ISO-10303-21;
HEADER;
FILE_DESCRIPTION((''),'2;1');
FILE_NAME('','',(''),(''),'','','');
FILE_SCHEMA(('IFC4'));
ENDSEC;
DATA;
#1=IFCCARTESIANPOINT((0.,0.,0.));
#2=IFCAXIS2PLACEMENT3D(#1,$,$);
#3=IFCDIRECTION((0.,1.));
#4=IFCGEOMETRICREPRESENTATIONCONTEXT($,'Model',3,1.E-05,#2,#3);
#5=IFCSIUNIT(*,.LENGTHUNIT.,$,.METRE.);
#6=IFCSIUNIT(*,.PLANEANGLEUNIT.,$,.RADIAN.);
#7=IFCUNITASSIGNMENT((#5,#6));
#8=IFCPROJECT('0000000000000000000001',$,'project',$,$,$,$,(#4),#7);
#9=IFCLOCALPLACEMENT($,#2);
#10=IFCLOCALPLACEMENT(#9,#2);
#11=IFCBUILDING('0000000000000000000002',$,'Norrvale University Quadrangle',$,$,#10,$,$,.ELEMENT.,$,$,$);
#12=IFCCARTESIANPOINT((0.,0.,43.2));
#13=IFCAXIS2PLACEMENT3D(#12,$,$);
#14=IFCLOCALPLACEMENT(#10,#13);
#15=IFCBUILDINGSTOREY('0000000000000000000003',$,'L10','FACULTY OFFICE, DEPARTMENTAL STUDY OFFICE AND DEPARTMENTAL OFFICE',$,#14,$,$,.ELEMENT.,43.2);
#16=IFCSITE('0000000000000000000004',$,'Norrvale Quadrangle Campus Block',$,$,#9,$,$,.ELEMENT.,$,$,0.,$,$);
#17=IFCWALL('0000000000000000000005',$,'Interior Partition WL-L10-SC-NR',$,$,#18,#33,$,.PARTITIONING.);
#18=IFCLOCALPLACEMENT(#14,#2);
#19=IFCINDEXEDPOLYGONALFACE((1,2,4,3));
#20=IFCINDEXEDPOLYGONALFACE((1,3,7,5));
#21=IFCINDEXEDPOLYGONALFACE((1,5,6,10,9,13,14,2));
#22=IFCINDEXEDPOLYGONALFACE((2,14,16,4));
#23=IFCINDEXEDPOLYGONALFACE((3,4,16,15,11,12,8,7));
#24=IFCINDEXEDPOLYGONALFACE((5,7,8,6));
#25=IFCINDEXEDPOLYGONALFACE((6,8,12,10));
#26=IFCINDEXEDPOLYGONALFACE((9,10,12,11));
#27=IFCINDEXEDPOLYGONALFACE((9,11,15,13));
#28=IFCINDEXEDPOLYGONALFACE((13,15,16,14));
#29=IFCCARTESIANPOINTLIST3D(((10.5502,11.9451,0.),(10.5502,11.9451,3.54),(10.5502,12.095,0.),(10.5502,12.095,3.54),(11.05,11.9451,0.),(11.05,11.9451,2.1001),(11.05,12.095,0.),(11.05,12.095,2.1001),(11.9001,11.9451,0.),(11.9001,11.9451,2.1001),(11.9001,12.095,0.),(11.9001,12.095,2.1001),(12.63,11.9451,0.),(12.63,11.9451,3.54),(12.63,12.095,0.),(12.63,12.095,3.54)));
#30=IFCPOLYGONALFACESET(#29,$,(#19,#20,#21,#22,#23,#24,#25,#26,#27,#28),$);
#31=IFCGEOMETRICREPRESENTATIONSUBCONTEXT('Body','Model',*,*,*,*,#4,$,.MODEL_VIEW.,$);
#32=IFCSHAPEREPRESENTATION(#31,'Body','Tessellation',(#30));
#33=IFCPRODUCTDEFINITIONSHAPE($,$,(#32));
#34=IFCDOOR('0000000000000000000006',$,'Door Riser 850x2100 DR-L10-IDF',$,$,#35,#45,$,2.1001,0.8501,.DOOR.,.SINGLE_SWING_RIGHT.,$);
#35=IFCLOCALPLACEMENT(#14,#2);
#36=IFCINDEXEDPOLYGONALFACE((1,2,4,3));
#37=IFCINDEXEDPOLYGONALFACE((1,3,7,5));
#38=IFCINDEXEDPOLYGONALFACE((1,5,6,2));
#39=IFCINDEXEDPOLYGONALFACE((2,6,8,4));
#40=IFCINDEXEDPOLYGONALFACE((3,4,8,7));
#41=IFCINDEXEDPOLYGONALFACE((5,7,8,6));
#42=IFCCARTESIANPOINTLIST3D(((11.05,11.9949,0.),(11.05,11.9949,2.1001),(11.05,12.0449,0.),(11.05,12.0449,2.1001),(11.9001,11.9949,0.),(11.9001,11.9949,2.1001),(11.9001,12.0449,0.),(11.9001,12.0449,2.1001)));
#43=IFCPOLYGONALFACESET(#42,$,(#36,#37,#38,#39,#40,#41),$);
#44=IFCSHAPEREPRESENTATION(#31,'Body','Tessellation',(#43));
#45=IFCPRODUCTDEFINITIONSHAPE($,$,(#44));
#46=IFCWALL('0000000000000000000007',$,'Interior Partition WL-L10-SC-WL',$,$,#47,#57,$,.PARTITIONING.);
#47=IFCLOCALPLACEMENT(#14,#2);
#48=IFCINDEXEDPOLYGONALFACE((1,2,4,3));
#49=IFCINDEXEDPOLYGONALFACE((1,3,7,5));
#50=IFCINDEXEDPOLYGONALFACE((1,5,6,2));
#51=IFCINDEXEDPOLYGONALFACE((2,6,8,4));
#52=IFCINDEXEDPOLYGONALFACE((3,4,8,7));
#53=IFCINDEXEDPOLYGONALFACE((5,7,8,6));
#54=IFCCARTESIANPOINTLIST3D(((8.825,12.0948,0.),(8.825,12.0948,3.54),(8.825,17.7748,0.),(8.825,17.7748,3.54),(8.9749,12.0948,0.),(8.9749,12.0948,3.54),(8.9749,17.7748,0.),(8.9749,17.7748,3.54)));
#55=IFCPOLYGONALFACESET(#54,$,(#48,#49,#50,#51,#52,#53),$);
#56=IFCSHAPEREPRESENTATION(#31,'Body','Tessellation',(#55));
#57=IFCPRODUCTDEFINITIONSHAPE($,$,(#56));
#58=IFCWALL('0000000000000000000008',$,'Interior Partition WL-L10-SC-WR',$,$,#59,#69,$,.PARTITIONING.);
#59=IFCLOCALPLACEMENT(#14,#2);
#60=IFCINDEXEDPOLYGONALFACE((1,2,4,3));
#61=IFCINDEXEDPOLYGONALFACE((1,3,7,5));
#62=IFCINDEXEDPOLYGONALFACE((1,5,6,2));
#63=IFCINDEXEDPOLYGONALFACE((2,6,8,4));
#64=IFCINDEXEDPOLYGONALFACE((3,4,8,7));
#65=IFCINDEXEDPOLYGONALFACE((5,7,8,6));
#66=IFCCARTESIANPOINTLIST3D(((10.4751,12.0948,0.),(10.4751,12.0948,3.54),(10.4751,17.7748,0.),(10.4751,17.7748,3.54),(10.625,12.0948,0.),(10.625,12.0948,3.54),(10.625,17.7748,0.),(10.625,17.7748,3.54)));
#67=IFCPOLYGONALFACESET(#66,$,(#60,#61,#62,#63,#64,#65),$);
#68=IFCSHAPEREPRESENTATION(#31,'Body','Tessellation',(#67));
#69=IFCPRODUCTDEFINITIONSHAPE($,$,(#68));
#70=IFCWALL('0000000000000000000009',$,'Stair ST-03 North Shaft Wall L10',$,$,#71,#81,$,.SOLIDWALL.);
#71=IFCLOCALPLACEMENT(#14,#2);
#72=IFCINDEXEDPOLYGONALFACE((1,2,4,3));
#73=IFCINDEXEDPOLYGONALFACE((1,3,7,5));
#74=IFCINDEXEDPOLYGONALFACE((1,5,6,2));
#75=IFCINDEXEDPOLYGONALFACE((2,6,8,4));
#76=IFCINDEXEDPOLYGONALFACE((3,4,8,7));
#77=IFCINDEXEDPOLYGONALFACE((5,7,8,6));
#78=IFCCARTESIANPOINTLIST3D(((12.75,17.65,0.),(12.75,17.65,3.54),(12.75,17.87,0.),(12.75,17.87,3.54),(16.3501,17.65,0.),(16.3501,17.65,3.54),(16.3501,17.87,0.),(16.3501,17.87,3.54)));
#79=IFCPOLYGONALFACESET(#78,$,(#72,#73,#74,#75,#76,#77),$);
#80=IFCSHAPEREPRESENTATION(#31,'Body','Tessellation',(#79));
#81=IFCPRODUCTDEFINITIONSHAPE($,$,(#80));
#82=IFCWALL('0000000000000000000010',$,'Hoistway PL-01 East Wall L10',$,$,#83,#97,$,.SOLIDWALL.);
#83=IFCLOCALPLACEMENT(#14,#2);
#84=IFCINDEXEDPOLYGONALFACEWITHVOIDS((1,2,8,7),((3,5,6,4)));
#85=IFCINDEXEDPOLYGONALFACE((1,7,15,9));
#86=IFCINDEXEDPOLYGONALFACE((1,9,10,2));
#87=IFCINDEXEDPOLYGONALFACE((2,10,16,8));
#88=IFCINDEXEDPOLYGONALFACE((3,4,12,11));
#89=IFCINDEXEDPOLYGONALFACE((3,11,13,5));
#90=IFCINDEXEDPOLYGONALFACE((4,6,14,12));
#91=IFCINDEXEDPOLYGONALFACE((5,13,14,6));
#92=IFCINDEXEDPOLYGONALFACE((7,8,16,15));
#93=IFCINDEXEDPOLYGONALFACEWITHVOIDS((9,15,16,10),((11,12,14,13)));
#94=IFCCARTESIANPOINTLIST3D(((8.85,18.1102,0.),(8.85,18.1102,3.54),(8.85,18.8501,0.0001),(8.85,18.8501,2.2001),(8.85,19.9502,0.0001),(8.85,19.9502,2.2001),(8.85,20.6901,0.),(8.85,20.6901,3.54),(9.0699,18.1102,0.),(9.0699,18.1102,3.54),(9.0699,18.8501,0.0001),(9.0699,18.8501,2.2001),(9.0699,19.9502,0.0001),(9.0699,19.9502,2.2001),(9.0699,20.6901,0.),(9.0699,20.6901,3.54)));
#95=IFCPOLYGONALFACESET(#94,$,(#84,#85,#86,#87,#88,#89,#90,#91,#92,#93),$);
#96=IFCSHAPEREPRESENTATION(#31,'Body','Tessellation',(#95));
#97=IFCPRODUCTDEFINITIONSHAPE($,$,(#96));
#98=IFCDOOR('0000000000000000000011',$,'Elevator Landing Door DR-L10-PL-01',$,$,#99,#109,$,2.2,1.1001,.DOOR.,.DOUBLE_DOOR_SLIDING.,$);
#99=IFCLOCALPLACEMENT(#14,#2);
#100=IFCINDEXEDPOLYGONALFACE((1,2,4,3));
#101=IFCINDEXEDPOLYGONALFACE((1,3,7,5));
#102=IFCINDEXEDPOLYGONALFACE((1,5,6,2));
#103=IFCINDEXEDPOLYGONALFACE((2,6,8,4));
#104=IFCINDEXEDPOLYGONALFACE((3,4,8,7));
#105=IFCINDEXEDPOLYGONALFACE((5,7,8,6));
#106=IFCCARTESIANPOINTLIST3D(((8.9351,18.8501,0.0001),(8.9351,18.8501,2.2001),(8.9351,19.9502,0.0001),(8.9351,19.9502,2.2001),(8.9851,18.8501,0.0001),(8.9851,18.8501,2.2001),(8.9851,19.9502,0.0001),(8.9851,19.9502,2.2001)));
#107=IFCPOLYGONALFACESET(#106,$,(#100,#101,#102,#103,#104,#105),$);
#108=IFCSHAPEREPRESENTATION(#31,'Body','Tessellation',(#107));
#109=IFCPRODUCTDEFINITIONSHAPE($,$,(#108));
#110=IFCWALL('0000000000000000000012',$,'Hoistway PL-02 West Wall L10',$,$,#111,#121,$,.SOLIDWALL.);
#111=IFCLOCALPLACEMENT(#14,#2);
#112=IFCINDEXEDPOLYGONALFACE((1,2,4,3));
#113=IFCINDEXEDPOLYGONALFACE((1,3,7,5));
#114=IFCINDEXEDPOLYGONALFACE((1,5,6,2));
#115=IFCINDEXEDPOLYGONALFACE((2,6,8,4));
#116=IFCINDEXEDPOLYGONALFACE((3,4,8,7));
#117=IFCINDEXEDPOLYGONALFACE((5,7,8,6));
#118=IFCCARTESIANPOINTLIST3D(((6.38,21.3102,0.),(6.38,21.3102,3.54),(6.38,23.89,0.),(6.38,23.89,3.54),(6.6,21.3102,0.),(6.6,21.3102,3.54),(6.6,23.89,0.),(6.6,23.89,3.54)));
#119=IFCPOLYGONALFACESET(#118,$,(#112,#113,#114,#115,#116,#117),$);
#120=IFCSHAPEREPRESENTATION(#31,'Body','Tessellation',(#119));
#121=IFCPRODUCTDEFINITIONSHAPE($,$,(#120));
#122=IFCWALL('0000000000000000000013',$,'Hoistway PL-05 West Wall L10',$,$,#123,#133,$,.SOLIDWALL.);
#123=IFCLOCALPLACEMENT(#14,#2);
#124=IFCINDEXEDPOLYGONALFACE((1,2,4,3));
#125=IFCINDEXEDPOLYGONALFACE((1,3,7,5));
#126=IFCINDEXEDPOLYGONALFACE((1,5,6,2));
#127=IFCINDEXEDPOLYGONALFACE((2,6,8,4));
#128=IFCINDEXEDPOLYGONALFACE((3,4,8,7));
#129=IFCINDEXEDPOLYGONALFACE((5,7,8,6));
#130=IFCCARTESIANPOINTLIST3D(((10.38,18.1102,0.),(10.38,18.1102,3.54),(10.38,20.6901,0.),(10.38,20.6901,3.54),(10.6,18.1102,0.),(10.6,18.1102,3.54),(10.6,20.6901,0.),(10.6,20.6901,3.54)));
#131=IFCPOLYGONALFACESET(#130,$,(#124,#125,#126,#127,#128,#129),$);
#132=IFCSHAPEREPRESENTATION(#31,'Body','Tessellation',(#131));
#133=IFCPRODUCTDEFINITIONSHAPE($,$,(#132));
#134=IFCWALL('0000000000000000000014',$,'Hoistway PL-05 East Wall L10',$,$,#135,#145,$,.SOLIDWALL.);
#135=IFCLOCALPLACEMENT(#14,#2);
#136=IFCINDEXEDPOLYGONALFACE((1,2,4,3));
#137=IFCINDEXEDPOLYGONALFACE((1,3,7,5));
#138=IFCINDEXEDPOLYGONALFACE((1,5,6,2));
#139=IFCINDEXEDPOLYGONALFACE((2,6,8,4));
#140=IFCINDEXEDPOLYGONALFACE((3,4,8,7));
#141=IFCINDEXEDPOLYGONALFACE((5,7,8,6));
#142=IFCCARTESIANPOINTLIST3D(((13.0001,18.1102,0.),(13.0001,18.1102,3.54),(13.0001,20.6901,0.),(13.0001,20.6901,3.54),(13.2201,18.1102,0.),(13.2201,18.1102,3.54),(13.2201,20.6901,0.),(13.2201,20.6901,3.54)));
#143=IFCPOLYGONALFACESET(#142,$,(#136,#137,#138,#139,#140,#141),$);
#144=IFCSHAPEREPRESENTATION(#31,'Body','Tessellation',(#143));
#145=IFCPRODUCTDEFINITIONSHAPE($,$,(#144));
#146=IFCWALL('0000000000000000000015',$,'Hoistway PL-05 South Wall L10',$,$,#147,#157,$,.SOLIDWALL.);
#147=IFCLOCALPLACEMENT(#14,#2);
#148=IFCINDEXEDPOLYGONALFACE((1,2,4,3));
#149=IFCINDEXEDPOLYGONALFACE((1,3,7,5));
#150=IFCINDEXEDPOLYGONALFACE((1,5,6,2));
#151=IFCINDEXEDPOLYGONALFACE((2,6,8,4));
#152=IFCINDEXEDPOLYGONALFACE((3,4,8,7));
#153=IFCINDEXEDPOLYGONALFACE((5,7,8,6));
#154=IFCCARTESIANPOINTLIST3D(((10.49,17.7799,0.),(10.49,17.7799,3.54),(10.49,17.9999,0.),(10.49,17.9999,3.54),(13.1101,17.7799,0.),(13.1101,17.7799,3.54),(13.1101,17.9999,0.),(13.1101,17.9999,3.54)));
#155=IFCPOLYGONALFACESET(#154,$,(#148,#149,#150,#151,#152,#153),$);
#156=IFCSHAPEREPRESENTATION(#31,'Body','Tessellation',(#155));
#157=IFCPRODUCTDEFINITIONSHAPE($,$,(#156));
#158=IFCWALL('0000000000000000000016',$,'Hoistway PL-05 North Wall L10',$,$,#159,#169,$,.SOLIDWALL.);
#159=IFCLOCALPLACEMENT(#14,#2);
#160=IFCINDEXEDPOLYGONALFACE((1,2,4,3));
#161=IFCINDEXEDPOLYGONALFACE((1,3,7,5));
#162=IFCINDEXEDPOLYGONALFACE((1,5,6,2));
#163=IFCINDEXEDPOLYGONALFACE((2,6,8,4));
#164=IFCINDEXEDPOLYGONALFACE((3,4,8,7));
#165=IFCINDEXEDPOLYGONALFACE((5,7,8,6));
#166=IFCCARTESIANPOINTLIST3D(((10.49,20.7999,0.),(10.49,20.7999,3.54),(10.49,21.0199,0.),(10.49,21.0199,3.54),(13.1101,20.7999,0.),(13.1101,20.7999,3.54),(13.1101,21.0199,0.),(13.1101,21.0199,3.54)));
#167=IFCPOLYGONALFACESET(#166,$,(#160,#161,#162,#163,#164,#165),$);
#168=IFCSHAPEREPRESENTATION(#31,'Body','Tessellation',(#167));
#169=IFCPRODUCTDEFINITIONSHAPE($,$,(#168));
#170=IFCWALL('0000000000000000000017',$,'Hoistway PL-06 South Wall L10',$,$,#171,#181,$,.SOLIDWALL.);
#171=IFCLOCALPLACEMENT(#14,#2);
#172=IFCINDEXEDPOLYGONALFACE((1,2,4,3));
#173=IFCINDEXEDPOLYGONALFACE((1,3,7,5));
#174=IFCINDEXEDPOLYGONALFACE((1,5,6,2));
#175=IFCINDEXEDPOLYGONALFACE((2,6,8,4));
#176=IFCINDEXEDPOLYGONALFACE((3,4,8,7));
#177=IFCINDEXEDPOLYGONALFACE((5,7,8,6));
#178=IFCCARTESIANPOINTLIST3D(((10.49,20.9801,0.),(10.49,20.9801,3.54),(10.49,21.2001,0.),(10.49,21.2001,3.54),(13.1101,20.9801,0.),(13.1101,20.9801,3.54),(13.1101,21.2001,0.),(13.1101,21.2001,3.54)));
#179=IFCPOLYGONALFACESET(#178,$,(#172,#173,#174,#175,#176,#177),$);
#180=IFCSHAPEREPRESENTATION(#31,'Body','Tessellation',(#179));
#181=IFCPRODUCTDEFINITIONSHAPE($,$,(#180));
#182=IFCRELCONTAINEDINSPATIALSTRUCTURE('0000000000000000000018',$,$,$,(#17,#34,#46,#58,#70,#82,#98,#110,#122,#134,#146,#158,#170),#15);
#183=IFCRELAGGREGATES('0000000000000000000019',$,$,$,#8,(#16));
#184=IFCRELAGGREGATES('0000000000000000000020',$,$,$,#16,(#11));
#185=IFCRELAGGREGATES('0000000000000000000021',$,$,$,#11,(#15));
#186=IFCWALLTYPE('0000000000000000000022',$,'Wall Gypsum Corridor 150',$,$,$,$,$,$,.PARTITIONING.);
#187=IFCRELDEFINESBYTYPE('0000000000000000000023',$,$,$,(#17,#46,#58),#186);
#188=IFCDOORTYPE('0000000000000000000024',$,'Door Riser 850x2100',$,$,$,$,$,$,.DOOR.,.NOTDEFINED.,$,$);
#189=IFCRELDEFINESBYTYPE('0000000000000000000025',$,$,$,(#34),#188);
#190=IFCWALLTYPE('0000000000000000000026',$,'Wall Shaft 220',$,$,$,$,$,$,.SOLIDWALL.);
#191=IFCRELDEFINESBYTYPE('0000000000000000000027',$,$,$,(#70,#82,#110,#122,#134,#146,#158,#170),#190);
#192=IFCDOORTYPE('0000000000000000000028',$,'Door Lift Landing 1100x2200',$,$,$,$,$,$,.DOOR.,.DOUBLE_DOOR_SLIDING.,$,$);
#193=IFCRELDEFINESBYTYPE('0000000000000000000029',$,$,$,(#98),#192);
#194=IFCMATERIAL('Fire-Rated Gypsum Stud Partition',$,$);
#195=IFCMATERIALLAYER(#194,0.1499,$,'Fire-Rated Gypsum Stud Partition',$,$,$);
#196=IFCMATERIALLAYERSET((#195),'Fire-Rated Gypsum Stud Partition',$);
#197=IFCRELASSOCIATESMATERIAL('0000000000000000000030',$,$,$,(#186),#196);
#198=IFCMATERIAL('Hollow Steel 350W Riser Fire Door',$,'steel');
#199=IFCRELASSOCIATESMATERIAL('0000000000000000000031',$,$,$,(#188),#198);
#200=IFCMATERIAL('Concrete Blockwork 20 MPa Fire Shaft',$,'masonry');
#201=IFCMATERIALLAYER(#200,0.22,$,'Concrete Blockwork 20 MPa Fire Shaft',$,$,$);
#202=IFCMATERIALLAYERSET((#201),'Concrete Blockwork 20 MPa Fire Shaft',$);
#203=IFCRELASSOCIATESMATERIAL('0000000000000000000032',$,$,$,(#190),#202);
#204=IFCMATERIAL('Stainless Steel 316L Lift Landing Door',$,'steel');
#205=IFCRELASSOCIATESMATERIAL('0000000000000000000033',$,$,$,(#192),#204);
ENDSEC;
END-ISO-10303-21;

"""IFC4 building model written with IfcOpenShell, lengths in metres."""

from ifc_helpers import new_model, si_unit, direction, frame, frame_2d, origin, place, context, subcontext, project, spatial, rectangle, extrude, material, layer, layer_set, type_object, element, fill, save


model = new_model("IFC4")

# Units and contexts
model_context = context("Model", 3, precision=1e-05, world=origin(), true_north=direction((0.0, 1.0)))
body_context = subcontext(model_context, "Body", "Model", "MODEL_VIEW")
ifc_project = project(units=[si_unit("LENGTHUNIT", "METRE"), si_unit("PLANEANGLEUNIT", "RADIAN")], contexts=[model_context])

# Site, building, storey
site_placement = place(None, origin())
site = spatial("IfcSite", under=ifc_project, at=site_placement, Name="Norrvale Quadrangle Campus Block", CompositionType="ELEMENT", RefElevation=0.0)
building_placement = place(site_placement, origin())
building = spatial("IfcBuilding", under=site, at=building_placement, Name="Norrvale University Quadrangle", CompositionType="ELEMENT")
storey_placement = place(building_placement, frame((0.0, 0.0, 43.2)))
storey = spatial("IfcBuildingStorey", under=building, at=storey_placement, Name="L10", Description="FACULTY OFFICE, DEPARTMENTAL STUDY OFFICE AND DEPARTMENTAL OFFICE", CompositionType="ELEMENT", Elevation=43.2)

# Wall, opening, door
ifc_material_1 = material(Name="Fire-Rated Gypsum Stud Partition")
ifc_layer_1 = layer(ifc_material_1, 0.1499, Name="Fire-Rated Gypsum Stud Partition")
ifc_layer_set_1 = layer_set([ifc_layer_1], Name="Fire-Rated Gypsum Stud Partition")
wall_type_1 = type_object("IfcWallType", Name="Wall Gypsum Corridor 150", PredefinedType="PARTITIONING", material=ifc_layer_set_1)
wall_1_placement = place(storey_placement, frame((10.55, 12.02, 0.0), z_axis=(0.0, 0.0, 1.0), x_axis=(1.0, 0.0, 0.0)))
wall_1 = element("IfcWall", 1, at=wall_1_placement, inside=storey, type_object=wall_type_1, Name="Interior Partition WL-L10-SC-NR", PredefinedType="PARTITIONING", context=body_context, shape_type="SweptSolid", body=[
    extrude(rectangle(XDim=2.0798, YDim=0.1499, at=frame_2d((1.04, 0.0))), origin(), (0.0, 0.0, 1.0), 3.54),
])
opening_1_placement = place(wall_1_placement, frame((0.5, 0.0, 0.0)))
opening_1 = element("IfcOpeningElement", 2, at=opening_1_placement, cuts=wall_1, PredefinedType="OPENING", context=body_context, shape_type="SweptSolid", body=[
    extrude(rectangle(XDim=0.8501, YDim=2.1001, at=frame_2d((0.425, 1.05))), frame((0.0, 0.0869, 0.0), z_axis=(0.0, -1.0, 0.0), x_axis=(1.0, 0.0, 0.0)), (0.0, 0.0, 1.0), 0.1738),
])
ifc_material_2 = material(Name="Hollow Steel 350W Riser Fire Door", Category="steel")
door_type_1 = type_object("IfcDoorType", Name="Door Riser 850x2100", OperationType="NOTDEFINED", PredefinedType="DOOR", material=ifc_material_2)
door_1_placement = place(opening_1_placement, origin())
door_1 = element("IfcDoor", 3, at=door_1_placement, inside=storey, type_object=door_type_1, Name="Door Riser 850x2100 DR-L10-IDF", OperationType="SINGLE_SWING_RIGHT", OverallHeight=2.1001, OverallWidth=0.8501, PredefinedType="DOOR", context=body_context, shape_type="SweptSolid", body=[
    extrude(rectangle(XDim=0.8501, YDim=2.1001, at=frame_2d((0.425, 1.05))), frame((0.0, 0.0249, 0.0), z_axis=(0.0, -1.0, 0.0), x_axis=(1.0, 0.0, 0.0)), (0.0, 0.0, 1.0), 0.05),
])
fill(opening_1, door_1)

# Walls
for number, where, z_axis, x_axis, name in (
    (4, (8.8999, 12.095, 0.0), (0.0, 0.0, 1.0), (0.0, 1.0, 0.0), "Interior Partition WL-L10-SC-WL"),
    (5, (10.55, 12.095, 0.0), (0.0, 0.0, 1.0), (0.0, 1.0, 0.0), "Interior Partition WL-L10-SC-WR"),
):
    element("IfcWall", number, at=place(storey_placement, frame(where, z_axis=z_axis, x_axis=x_axis)), inside=storey, type_object=wall_type_1, Name=name, PredefinedType="PARTITIONING", context=body_context, shape_type="SweptSolid", body=[
        extrude(rectangle(XDim=5.6799, YDim=0.1499, at=frame_2d((2.8398, 0.0))), origin(), (0.0, 0.0, 1.0), 3.54),
    ])
ifc_material_3 = material(Name="Concrete Blockwork 20 MPa Fire Shaft", Category="masonry")
ifc_layer_2 = layer(ifc_material_3, 0.22, Name="Concrete Blockwork 20 MPa Fire Shaft")
ifc_layer_set_2 = layer_set([ifc_layer_2], Name="Concrete Blockwork 20 MPa Fire Shaft")
wall_type_2 = type_object("IfcWallType", Name="Wall Shaft 220", PredefinedType="SOLIDWALL", material=ifc_layer_set_2)
wall_2_placement = place(storey_placement, frame((12.75, 17.76, 0.0), z_axis=(0.0, 0.0, 1.0), x_axis=(1.0, 0.0, 0.0)))
element("IfcWall", 6, at=wall_2_placement, inside=storey, type_object=wall_type_2, Name="Stair ST-03 North Shaft Wall L10", PredefinedType="SOLIDWALL", context=body_context, shape_type="SweptSolid", body=[
    extrude(rectangle(XDim=3.6001, YDim=0.22, at=frame_2d((1.8, 0.0))), origin(), (0.0, 0.0, 1.0), 3.54),
])

# Wall, opening, door
wall_3_placement = place(storey_placement, frame((8.96, 18.1101, 0.0), z_axis=(0.0, 0.0, 1.0), x_axis=(0.0, 1.0, 0.0)))
wall_3 = element("IfcWall", 7, at=wall_3_placement, inside=storey, type_object=wall_type_2, Name="Hoistway PL-01 East Wall L10", PredefinedType="SOLIDWALL", context=body_context, shape_type="SweptSolid", body=[
    extrude(rectangle(XDim=2.5798, YDim=0.22, at=frame_2d((1.29, 0.0))), origin(), (0.0, 0.0, 1.0), 3.54),
])
opening_2_placement = place(wall_3_placement, frame((0.74, 0.0, 0.0)))
opening_2 = element("IfcOpeningElement", 8, at=opening_2_placement, cuts=wall_3, PredefinedType="OPENING", context=body_context, shape_type="SweptSolid", body=[
    extrude(rectangle(XDim=1.1001, YDim=2.2, at=frame_2d((0.55, 1.1001))), frame((0.0, 0.1221, 0.0), z_axis=(0.0, -1.0, 0.0), x_axis=(1.0, 0.0, 0.0)), (0.0, 0.0, 1.0), 0.2439),
])
ifc_material_4 = material(Name="Stainless Steel 316L Lift Landing Door", Category="steel")
door_type_2 = type_object("IfcDoorType", Name="Door Lift Landing 1100x2200", OperationType="DOUBLE_DOOR_SLIDING", PredefinedType="DOOR", material=ifc_material_4)
door_2_placement = place(opening_2_placement, origin())
door_2 = element("IfcDoor", 9, at=door_2_placement, inside=storey, type_object=door_type_2, Name="Elevator Landing Door DR-L10-PL-01", OperationType="DOUBLE_DOOR_SLIDING", OverallHeight=2.2, OverallWidth=1.1001, PredefinedType="DOOR", context=body_context, shape_type="SweptSolid", body=[
    extrude(rectangle(XDim=1.1001, YDim=2.2, at=frame_2d((0.55, 1.1001))), frame((0.0, 0.0249, 0.0), z_axis=(0.0, -1.0, 0.0), x_axis=(1.0, 0.0, 0.0)), (0.0, 0.0, 1.0), 0.05),
])
fill(opening_2, door_2)

# Walls
for number, where, z_axis, x_axis, name in (
    (10, (6.49, 21.3101, 0.0), (0.0, 0.0, 1.0), (0.0, 1.0, 0.0), "Hoistway PL-02 West Wall L10"),
    (11, (10.49, 18.1101, 0.0), (0.0, 0.0, 1.0), (0.0, 1.0, 0.0), "Hoistway PL-05 West Wall L10"),
    (12, (13.1101, 18.1101, 0.0), (0.0, 0.0, 1.0), (0.0, 1.0, 0.0), "Hoistway PL-05 East Wall L10"),
):
    element("IfcWall", number, at=place(storey_placement, frame(where, z_axis=z_axis, x_axis=x_axis)), inside=storey, type_object=wall_type_2, Name=name, PredefinedType="SOLIDWALL", context=body_context, shape_type="SweptSolid", body=[
        extrude(rectangle(XDim=2.5798, YDim=0.22, at=frame_2d((1.29, 0.0))), origin(), (0.0, 0.0, 1.0), 3.54),
    ])
for number, where, z_axis, x_axis, name in (
    (13, (10.49, 17.8899, 0.0), (0.0, 0.0, 1.0), (1.0, 0.0, 0.0), "Hoistway PL-05 South Wall L10"),
    (14, (10.49, 20.9099, 0.0), (0.0, 0.0, 1.0), (1.0, 0.0, 0.0), "Hoistway PL-05 North Wall L10"),
    (15, (10.49, 21.0901, 0.0), (0.0, 0.0, 1.0), (1.0, 0.0, 0.0), "Hoistway PL-06 South Wall L10"),
):
    element("IfcWall", number, at=place(storey_placement, frame(where, z_axis=z_axis, x_axis=x_axis)), inside=storey, type_object=wall_type_2, Name=name, PredefinedType="SOLIDWALL", context=body_context, shape_type="SweptSolid", body=[
        extrude(rectangle(XDim=2.6201, YDim=0.22, at=frame_2d((1.3101, 0.0))), origin(), (0.0, 0.0, 1.0), 3.54),
    ])

save(model, "model.ifc")
